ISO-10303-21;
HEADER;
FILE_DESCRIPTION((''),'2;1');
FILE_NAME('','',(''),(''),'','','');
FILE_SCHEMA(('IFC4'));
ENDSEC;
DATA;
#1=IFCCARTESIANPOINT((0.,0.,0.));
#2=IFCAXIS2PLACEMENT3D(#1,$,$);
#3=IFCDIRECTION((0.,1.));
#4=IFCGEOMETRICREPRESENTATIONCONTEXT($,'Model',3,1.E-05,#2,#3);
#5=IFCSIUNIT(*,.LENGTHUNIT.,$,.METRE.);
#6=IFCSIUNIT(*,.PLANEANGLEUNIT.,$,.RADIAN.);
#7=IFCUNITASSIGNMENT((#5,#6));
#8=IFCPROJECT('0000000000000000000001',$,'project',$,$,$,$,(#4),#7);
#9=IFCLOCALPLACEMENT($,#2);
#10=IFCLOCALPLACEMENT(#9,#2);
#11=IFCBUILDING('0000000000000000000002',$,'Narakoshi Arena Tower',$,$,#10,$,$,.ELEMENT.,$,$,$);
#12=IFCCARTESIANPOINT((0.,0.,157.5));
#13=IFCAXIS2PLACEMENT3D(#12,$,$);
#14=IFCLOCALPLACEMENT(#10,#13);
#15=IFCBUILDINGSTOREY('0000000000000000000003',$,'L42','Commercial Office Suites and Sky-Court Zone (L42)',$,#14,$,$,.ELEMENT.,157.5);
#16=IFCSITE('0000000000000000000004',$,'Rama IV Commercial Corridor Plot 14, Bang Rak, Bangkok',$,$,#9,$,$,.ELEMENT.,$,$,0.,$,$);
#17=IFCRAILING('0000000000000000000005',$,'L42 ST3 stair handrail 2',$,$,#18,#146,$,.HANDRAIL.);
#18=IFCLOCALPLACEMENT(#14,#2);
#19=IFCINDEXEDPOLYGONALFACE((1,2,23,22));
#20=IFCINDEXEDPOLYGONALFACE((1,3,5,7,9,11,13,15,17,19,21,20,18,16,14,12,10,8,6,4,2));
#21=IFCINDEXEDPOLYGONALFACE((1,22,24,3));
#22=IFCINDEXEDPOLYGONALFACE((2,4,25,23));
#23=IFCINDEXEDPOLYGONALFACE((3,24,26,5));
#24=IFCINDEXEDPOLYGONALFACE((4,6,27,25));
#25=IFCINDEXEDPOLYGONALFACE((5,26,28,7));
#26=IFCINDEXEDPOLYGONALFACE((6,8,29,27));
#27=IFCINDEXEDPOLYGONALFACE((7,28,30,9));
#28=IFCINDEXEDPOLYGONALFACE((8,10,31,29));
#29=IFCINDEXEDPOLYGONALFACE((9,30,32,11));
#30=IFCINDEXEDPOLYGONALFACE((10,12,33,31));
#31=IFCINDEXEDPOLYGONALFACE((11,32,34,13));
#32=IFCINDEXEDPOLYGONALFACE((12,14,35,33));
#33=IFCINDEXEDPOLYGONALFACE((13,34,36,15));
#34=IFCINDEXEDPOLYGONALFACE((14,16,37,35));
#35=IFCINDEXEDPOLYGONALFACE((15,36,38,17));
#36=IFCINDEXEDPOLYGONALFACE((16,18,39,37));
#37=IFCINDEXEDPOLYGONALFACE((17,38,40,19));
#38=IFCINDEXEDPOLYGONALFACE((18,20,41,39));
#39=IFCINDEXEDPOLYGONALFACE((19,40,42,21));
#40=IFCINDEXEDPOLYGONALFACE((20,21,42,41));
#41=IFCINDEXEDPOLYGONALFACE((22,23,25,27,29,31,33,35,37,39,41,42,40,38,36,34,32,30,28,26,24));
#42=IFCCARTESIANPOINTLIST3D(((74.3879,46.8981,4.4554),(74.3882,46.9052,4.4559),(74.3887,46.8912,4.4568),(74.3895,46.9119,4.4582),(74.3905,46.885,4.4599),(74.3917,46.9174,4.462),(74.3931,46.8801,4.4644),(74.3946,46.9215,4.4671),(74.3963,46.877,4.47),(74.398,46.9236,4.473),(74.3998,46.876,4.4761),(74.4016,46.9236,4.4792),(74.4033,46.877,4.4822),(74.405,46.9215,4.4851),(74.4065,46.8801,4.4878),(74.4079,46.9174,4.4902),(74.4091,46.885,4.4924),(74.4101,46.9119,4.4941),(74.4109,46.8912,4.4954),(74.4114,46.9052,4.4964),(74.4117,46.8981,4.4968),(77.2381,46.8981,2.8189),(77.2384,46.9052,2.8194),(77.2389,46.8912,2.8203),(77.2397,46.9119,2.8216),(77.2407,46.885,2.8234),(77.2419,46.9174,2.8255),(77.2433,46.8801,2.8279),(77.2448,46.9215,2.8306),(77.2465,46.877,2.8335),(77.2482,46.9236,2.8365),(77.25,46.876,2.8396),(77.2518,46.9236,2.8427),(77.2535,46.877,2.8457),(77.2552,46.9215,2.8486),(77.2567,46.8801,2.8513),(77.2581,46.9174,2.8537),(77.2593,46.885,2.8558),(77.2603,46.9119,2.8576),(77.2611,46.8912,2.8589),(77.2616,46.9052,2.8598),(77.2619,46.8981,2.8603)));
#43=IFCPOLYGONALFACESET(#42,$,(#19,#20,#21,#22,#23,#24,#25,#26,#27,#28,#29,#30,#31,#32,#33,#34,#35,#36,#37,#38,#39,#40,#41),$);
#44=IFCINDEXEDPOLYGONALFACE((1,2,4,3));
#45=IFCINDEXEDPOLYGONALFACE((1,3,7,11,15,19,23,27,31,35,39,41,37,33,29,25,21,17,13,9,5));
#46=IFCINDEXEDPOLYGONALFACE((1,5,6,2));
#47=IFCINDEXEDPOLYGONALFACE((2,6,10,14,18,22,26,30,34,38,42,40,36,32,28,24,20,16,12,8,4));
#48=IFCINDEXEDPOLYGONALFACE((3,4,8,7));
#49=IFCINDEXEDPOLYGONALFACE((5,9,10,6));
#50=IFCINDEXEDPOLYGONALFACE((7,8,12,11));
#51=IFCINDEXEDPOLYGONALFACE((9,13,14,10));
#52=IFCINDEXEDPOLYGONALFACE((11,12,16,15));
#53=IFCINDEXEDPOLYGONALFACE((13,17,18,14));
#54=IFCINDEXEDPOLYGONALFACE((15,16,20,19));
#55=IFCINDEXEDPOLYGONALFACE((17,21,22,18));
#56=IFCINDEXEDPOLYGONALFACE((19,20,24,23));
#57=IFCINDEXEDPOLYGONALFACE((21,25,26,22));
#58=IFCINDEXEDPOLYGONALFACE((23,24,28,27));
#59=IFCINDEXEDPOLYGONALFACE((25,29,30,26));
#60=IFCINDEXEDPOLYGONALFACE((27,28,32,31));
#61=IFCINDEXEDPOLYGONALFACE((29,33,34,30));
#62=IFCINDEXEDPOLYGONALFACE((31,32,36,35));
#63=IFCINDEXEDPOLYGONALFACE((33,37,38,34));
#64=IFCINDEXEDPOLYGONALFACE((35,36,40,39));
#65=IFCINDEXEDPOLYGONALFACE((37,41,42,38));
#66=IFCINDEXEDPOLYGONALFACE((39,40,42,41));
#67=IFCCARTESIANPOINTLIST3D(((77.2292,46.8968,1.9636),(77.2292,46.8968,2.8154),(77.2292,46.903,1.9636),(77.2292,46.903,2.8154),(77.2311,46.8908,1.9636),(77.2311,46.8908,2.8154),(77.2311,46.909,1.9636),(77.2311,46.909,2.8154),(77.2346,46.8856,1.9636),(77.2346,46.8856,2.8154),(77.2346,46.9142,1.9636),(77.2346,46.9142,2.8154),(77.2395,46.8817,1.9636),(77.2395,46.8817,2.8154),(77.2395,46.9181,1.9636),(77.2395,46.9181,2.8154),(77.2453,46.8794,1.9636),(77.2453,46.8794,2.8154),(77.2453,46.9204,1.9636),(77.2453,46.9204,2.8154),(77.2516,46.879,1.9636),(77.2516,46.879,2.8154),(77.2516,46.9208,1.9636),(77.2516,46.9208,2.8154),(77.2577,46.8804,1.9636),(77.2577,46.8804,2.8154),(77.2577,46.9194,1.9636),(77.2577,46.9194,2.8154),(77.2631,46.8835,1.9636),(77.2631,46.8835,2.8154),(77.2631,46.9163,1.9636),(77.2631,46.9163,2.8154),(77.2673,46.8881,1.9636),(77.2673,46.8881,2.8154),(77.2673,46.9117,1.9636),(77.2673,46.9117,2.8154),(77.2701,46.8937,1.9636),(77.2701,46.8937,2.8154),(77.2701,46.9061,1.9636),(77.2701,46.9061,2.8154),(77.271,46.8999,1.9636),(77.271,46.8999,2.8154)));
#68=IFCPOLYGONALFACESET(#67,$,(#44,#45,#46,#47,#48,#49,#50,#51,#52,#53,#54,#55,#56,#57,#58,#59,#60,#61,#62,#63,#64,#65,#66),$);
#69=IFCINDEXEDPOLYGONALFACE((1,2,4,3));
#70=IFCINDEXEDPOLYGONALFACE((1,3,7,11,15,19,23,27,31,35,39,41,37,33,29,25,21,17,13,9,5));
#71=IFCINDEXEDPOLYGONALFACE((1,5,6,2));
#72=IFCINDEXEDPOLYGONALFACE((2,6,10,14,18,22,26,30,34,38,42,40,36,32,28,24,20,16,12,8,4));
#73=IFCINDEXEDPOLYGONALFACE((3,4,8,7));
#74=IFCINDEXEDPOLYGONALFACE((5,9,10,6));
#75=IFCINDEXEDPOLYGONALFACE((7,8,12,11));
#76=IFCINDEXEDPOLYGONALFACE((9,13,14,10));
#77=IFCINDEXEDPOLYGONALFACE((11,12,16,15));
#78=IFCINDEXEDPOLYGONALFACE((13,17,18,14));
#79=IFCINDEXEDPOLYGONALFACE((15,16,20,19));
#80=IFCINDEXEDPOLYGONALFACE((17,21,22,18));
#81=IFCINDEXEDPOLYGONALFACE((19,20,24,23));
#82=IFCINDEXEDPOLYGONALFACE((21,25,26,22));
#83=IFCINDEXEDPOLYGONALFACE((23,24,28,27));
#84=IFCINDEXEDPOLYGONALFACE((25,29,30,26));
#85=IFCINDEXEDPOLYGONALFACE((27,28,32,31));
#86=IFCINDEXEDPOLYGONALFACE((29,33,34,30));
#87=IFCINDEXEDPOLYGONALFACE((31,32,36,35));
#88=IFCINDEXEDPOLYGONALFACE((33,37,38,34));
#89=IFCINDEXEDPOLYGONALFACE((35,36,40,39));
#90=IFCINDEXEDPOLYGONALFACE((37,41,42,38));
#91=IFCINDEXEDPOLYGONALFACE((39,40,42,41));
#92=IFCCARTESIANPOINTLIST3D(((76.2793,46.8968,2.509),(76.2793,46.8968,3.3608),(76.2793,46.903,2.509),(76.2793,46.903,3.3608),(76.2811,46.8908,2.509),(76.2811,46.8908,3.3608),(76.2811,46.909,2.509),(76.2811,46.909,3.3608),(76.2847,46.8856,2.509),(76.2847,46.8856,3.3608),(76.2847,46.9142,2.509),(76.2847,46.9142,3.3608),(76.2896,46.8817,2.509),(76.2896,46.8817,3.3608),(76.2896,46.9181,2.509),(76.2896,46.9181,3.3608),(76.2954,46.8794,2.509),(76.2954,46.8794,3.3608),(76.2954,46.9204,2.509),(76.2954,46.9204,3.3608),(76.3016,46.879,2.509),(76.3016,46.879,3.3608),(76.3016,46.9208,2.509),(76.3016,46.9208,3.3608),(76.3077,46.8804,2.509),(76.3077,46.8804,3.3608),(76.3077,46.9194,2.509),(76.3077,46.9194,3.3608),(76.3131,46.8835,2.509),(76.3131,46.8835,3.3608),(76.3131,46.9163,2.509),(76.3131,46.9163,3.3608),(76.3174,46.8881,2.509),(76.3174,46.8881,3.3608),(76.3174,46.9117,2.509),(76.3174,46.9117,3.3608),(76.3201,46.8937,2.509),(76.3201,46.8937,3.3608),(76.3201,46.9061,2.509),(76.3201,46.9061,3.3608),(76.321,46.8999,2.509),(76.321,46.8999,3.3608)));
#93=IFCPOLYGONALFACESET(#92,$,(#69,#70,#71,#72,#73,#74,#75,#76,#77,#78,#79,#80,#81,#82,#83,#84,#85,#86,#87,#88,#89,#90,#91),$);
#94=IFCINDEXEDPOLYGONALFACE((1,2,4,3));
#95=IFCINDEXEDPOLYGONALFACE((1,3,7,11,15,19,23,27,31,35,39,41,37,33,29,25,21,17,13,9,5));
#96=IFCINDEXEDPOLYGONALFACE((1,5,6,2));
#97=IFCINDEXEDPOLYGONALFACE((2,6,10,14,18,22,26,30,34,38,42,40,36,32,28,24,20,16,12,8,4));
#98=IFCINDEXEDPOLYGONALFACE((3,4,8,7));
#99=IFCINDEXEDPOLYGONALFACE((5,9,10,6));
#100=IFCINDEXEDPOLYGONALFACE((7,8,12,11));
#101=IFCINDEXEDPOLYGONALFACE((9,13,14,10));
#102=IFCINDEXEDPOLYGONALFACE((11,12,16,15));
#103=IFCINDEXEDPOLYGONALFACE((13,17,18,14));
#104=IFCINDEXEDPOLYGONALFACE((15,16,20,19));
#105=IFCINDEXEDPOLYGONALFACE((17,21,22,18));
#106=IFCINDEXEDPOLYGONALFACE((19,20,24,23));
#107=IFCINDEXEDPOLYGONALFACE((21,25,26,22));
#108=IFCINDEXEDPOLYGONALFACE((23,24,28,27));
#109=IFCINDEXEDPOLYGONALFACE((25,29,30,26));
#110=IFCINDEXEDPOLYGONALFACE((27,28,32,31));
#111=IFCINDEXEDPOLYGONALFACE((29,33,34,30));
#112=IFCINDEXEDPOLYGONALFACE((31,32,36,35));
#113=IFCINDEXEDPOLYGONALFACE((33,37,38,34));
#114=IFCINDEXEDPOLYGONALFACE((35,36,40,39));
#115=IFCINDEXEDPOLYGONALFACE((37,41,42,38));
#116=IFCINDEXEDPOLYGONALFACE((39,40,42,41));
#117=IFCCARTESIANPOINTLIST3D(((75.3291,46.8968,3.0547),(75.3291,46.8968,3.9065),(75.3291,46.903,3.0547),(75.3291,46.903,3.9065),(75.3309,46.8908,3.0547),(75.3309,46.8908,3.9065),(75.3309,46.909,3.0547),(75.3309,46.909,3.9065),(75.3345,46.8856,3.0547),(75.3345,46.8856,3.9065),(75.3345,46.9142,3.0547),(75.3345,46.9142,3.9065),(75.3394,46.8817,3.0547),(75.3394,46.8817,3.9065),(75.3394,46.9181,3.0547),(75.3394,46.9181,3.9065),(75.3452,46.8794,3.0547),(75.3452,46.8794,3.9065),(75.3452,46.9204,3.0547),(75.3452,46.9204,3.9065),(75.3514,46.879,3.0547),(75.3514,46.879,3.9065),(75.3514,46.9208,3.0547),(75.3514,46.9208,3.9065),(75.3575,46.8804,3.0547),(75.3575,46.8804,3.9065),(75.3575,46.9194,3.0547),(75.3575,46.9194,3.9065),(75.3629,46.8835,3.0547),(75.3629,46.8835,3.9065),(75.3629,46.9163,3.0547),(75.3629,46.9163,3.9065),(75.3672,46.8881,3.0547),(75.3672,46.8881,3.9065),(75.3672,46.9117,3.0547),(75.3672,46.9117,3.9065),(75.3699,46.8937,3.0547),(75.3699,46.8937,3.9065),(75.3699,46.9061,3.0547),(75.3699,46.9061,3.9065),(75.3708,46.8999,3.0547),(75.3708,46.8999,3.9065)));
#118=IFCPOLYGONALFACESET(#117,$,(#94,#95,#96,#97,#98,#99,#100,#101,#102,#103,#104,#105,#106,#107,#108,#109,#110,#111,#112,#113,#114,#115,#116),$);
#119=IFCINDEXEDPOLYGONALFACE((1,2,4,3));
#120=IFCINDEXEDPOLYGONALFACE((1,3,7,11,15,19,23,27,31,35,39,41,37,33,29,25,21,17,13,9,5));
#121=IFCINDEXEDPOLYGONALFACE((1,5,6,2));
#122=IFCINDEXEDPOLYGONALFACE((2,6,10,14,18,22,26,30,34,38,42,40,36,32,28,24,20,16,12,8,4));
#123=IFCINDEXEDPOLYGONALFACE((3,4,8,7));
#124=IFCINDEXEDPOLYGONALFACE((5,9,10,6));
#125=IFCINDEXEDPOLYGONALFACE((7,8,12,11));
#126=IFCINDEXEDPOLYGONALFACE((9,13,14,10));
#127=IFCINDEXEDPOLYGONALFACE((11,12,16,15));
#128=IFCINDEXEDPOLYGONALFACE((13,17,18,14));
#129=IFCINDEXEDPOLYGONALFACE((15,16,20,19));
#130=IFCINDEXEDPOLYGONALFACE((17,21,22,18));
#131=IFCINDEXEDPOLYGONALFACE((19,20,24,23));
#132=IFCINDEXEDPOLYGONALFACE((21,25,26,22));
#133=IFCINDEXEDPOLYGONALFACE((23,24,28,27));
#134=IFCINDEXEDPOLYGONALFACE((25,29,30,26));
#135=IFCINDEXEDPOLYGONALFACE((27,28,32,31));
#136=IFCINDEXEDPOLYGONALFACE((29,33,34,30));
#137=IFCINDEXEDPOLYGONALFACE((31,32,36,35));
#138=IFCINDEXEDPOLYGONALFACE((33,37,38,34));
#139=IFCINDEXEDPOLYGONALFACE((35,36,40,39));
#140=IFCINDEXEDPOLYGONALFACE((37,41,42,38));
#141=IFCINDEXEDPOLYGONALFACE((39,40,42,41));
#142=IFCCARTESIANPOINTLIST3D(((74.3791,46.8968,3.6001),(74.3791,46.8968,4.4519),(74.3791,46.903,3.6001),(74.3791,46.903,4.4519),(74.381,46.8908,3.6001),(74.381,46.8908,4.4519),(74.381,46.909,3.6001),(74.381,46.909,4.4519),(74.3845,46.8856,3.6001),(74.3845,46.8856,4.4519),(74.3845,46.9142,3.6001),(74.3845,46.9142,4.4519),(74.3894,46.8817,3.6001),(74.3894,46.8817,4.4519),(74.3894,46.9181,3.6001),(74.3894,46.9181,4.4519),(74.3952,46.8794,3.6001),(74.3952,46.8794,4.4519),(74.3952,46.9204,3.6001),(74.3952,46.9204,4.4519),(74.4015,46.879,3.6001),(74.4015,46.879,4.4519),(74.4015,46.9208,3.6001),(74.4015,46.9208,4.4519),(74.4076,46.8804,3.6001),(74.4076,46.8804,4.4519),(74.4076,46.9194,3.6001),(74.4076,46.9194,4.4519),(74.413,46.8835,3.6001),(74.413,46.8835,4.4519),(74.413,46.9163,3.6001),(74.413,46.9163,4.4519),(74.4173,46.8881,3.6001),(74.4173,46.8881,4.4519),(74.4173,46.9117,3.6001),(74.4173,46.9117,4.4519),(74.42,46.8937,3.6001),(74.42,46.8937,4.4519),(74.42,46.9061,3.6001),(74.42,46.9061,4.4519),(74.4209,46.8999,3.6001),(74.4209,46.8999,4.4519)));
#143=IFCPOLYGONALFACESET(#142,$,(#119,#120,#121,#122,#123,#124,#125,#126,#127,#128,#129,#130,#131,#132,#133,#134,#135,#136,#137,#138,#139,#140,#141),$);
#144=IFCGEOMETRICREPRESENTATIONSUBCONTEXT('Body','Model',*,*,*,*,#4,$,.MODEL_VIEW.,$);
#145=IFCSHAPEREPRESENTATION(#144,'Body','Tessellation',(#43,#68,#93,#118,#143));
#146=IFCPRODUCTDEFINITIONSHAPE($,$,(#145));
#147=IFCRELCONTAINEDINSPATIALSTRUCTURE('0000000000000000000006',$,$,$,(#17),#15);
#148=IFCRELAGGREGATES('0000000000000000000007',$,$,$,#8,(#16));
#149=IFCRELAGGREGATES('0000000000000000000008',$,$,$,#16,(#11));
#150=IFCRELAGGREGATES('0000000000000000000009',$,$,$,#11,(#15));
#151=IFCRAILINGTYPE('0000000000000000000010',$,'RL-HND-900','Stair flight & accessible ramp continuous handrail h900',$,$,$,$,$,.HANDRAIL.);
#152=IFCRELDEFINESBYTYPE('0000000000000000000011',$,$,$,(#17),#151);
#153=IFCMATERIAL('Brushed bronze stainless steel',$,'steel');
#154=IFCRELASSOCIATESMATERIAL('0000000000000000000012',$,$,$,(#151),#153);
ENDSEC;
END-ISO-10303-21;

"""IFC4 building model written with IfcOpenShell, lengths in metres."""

from ifc_helpers import new_model, si_unit, direction, frame, origin, origin_2d, place, context, subcontext, project, spatial, circle, extrude, material, type_object, element, save


model = new_model("IFC4")

# Units and contexts
model_context = context("Model", 3, precision=1e-05, world=origin(), true_north=direction((0.0, 1.0)))
body_context = subcontext(model_context, "Body", "Model", "MODEL_VIEW")
ifc_project = project(units=[si_unit("LENGTHUNIT", "METRE"), si_unit("PLANEANGLEUNIT", "RADIAN")], contexts=[model_context])

# Site, building, storey
site_placement = place(None, origin())
site = spatial("IfcSite", under=ifc_project, at=site_placement, Name="Rama IV Commercial Corridor Plot 14, Bang Rak, Bangkok", CompositionType="ELEMENT", RefElevation=0.0)
building_placement = place(site_placement, origin())
building = spatial("IfcBuilding", under=site, at=building_placement, Name="Narakoshi Arena Tower", CompositionType="ELEMENT")
storey_placement = place(building_placement, frame((0.0, 0.0, 157.5)))
storey = spatial("IfcBuildingStorey", under=building, at=storey_placement, Name="L42", Description="Commercial Office Suites and Sky-Court Zone (L42)", CompositionType="ELEMENT", Elevation=157.5)

# Railing
ifc_material_1 = material(Name="Brushed bronze stainless steel", Category="steel")
railing_type = type_object("IfcRailingType", Name="RL-HND-900", Description="Stair flight & accessible ramp continuous handrail h900", PredefinedType="HANDRAIL", material=ifc_material_1)
railing_placement = place(storey_placement, frame((77.25, 46.8999, 1.9636)))
element("IfcRailing", 1, at=railing_placement, inside=storey, type_object=railing_type, Name="L42 ST3 stair handrail 2", PredefinedType="HANDRAIL", context=body_context, shape_type="SweptSolid", body=[
    extrude(circle(Radius=0.0239, at=origin_2d()), frame((0.0, 0.0, 0.876), z_axis=(-0.867213, 0.0, 0.497938), x_axis=(0.0, -1.0, 0.0)), (0.0, 0.0, 1.0), 3.2866),
    extrude(circle(Radius=0.021, at=origin_2d()), origin(), (0.0, 0.0, 1.0), 0.8518),
    extrude(circle(Radius=0.021, at=origin_2d()), frame((-0.95, 0.0, 0.5454)), (0.0, 0.0, 1.0), 0.8518),
    extrude(circle(Radius=0.021, at=origin_2d()), frame((-1.9001, 0.0, 1.0911)), (0.0, 0.0, 1.0), 0.8518),
    extrude(circle(Radius=0.021, at=origin_2d()), frame((-2.8501, 0.0, 1.6365)), (0.0, 0.0, 1.0), 0.8518),
])

save(model, "model.ifc")
